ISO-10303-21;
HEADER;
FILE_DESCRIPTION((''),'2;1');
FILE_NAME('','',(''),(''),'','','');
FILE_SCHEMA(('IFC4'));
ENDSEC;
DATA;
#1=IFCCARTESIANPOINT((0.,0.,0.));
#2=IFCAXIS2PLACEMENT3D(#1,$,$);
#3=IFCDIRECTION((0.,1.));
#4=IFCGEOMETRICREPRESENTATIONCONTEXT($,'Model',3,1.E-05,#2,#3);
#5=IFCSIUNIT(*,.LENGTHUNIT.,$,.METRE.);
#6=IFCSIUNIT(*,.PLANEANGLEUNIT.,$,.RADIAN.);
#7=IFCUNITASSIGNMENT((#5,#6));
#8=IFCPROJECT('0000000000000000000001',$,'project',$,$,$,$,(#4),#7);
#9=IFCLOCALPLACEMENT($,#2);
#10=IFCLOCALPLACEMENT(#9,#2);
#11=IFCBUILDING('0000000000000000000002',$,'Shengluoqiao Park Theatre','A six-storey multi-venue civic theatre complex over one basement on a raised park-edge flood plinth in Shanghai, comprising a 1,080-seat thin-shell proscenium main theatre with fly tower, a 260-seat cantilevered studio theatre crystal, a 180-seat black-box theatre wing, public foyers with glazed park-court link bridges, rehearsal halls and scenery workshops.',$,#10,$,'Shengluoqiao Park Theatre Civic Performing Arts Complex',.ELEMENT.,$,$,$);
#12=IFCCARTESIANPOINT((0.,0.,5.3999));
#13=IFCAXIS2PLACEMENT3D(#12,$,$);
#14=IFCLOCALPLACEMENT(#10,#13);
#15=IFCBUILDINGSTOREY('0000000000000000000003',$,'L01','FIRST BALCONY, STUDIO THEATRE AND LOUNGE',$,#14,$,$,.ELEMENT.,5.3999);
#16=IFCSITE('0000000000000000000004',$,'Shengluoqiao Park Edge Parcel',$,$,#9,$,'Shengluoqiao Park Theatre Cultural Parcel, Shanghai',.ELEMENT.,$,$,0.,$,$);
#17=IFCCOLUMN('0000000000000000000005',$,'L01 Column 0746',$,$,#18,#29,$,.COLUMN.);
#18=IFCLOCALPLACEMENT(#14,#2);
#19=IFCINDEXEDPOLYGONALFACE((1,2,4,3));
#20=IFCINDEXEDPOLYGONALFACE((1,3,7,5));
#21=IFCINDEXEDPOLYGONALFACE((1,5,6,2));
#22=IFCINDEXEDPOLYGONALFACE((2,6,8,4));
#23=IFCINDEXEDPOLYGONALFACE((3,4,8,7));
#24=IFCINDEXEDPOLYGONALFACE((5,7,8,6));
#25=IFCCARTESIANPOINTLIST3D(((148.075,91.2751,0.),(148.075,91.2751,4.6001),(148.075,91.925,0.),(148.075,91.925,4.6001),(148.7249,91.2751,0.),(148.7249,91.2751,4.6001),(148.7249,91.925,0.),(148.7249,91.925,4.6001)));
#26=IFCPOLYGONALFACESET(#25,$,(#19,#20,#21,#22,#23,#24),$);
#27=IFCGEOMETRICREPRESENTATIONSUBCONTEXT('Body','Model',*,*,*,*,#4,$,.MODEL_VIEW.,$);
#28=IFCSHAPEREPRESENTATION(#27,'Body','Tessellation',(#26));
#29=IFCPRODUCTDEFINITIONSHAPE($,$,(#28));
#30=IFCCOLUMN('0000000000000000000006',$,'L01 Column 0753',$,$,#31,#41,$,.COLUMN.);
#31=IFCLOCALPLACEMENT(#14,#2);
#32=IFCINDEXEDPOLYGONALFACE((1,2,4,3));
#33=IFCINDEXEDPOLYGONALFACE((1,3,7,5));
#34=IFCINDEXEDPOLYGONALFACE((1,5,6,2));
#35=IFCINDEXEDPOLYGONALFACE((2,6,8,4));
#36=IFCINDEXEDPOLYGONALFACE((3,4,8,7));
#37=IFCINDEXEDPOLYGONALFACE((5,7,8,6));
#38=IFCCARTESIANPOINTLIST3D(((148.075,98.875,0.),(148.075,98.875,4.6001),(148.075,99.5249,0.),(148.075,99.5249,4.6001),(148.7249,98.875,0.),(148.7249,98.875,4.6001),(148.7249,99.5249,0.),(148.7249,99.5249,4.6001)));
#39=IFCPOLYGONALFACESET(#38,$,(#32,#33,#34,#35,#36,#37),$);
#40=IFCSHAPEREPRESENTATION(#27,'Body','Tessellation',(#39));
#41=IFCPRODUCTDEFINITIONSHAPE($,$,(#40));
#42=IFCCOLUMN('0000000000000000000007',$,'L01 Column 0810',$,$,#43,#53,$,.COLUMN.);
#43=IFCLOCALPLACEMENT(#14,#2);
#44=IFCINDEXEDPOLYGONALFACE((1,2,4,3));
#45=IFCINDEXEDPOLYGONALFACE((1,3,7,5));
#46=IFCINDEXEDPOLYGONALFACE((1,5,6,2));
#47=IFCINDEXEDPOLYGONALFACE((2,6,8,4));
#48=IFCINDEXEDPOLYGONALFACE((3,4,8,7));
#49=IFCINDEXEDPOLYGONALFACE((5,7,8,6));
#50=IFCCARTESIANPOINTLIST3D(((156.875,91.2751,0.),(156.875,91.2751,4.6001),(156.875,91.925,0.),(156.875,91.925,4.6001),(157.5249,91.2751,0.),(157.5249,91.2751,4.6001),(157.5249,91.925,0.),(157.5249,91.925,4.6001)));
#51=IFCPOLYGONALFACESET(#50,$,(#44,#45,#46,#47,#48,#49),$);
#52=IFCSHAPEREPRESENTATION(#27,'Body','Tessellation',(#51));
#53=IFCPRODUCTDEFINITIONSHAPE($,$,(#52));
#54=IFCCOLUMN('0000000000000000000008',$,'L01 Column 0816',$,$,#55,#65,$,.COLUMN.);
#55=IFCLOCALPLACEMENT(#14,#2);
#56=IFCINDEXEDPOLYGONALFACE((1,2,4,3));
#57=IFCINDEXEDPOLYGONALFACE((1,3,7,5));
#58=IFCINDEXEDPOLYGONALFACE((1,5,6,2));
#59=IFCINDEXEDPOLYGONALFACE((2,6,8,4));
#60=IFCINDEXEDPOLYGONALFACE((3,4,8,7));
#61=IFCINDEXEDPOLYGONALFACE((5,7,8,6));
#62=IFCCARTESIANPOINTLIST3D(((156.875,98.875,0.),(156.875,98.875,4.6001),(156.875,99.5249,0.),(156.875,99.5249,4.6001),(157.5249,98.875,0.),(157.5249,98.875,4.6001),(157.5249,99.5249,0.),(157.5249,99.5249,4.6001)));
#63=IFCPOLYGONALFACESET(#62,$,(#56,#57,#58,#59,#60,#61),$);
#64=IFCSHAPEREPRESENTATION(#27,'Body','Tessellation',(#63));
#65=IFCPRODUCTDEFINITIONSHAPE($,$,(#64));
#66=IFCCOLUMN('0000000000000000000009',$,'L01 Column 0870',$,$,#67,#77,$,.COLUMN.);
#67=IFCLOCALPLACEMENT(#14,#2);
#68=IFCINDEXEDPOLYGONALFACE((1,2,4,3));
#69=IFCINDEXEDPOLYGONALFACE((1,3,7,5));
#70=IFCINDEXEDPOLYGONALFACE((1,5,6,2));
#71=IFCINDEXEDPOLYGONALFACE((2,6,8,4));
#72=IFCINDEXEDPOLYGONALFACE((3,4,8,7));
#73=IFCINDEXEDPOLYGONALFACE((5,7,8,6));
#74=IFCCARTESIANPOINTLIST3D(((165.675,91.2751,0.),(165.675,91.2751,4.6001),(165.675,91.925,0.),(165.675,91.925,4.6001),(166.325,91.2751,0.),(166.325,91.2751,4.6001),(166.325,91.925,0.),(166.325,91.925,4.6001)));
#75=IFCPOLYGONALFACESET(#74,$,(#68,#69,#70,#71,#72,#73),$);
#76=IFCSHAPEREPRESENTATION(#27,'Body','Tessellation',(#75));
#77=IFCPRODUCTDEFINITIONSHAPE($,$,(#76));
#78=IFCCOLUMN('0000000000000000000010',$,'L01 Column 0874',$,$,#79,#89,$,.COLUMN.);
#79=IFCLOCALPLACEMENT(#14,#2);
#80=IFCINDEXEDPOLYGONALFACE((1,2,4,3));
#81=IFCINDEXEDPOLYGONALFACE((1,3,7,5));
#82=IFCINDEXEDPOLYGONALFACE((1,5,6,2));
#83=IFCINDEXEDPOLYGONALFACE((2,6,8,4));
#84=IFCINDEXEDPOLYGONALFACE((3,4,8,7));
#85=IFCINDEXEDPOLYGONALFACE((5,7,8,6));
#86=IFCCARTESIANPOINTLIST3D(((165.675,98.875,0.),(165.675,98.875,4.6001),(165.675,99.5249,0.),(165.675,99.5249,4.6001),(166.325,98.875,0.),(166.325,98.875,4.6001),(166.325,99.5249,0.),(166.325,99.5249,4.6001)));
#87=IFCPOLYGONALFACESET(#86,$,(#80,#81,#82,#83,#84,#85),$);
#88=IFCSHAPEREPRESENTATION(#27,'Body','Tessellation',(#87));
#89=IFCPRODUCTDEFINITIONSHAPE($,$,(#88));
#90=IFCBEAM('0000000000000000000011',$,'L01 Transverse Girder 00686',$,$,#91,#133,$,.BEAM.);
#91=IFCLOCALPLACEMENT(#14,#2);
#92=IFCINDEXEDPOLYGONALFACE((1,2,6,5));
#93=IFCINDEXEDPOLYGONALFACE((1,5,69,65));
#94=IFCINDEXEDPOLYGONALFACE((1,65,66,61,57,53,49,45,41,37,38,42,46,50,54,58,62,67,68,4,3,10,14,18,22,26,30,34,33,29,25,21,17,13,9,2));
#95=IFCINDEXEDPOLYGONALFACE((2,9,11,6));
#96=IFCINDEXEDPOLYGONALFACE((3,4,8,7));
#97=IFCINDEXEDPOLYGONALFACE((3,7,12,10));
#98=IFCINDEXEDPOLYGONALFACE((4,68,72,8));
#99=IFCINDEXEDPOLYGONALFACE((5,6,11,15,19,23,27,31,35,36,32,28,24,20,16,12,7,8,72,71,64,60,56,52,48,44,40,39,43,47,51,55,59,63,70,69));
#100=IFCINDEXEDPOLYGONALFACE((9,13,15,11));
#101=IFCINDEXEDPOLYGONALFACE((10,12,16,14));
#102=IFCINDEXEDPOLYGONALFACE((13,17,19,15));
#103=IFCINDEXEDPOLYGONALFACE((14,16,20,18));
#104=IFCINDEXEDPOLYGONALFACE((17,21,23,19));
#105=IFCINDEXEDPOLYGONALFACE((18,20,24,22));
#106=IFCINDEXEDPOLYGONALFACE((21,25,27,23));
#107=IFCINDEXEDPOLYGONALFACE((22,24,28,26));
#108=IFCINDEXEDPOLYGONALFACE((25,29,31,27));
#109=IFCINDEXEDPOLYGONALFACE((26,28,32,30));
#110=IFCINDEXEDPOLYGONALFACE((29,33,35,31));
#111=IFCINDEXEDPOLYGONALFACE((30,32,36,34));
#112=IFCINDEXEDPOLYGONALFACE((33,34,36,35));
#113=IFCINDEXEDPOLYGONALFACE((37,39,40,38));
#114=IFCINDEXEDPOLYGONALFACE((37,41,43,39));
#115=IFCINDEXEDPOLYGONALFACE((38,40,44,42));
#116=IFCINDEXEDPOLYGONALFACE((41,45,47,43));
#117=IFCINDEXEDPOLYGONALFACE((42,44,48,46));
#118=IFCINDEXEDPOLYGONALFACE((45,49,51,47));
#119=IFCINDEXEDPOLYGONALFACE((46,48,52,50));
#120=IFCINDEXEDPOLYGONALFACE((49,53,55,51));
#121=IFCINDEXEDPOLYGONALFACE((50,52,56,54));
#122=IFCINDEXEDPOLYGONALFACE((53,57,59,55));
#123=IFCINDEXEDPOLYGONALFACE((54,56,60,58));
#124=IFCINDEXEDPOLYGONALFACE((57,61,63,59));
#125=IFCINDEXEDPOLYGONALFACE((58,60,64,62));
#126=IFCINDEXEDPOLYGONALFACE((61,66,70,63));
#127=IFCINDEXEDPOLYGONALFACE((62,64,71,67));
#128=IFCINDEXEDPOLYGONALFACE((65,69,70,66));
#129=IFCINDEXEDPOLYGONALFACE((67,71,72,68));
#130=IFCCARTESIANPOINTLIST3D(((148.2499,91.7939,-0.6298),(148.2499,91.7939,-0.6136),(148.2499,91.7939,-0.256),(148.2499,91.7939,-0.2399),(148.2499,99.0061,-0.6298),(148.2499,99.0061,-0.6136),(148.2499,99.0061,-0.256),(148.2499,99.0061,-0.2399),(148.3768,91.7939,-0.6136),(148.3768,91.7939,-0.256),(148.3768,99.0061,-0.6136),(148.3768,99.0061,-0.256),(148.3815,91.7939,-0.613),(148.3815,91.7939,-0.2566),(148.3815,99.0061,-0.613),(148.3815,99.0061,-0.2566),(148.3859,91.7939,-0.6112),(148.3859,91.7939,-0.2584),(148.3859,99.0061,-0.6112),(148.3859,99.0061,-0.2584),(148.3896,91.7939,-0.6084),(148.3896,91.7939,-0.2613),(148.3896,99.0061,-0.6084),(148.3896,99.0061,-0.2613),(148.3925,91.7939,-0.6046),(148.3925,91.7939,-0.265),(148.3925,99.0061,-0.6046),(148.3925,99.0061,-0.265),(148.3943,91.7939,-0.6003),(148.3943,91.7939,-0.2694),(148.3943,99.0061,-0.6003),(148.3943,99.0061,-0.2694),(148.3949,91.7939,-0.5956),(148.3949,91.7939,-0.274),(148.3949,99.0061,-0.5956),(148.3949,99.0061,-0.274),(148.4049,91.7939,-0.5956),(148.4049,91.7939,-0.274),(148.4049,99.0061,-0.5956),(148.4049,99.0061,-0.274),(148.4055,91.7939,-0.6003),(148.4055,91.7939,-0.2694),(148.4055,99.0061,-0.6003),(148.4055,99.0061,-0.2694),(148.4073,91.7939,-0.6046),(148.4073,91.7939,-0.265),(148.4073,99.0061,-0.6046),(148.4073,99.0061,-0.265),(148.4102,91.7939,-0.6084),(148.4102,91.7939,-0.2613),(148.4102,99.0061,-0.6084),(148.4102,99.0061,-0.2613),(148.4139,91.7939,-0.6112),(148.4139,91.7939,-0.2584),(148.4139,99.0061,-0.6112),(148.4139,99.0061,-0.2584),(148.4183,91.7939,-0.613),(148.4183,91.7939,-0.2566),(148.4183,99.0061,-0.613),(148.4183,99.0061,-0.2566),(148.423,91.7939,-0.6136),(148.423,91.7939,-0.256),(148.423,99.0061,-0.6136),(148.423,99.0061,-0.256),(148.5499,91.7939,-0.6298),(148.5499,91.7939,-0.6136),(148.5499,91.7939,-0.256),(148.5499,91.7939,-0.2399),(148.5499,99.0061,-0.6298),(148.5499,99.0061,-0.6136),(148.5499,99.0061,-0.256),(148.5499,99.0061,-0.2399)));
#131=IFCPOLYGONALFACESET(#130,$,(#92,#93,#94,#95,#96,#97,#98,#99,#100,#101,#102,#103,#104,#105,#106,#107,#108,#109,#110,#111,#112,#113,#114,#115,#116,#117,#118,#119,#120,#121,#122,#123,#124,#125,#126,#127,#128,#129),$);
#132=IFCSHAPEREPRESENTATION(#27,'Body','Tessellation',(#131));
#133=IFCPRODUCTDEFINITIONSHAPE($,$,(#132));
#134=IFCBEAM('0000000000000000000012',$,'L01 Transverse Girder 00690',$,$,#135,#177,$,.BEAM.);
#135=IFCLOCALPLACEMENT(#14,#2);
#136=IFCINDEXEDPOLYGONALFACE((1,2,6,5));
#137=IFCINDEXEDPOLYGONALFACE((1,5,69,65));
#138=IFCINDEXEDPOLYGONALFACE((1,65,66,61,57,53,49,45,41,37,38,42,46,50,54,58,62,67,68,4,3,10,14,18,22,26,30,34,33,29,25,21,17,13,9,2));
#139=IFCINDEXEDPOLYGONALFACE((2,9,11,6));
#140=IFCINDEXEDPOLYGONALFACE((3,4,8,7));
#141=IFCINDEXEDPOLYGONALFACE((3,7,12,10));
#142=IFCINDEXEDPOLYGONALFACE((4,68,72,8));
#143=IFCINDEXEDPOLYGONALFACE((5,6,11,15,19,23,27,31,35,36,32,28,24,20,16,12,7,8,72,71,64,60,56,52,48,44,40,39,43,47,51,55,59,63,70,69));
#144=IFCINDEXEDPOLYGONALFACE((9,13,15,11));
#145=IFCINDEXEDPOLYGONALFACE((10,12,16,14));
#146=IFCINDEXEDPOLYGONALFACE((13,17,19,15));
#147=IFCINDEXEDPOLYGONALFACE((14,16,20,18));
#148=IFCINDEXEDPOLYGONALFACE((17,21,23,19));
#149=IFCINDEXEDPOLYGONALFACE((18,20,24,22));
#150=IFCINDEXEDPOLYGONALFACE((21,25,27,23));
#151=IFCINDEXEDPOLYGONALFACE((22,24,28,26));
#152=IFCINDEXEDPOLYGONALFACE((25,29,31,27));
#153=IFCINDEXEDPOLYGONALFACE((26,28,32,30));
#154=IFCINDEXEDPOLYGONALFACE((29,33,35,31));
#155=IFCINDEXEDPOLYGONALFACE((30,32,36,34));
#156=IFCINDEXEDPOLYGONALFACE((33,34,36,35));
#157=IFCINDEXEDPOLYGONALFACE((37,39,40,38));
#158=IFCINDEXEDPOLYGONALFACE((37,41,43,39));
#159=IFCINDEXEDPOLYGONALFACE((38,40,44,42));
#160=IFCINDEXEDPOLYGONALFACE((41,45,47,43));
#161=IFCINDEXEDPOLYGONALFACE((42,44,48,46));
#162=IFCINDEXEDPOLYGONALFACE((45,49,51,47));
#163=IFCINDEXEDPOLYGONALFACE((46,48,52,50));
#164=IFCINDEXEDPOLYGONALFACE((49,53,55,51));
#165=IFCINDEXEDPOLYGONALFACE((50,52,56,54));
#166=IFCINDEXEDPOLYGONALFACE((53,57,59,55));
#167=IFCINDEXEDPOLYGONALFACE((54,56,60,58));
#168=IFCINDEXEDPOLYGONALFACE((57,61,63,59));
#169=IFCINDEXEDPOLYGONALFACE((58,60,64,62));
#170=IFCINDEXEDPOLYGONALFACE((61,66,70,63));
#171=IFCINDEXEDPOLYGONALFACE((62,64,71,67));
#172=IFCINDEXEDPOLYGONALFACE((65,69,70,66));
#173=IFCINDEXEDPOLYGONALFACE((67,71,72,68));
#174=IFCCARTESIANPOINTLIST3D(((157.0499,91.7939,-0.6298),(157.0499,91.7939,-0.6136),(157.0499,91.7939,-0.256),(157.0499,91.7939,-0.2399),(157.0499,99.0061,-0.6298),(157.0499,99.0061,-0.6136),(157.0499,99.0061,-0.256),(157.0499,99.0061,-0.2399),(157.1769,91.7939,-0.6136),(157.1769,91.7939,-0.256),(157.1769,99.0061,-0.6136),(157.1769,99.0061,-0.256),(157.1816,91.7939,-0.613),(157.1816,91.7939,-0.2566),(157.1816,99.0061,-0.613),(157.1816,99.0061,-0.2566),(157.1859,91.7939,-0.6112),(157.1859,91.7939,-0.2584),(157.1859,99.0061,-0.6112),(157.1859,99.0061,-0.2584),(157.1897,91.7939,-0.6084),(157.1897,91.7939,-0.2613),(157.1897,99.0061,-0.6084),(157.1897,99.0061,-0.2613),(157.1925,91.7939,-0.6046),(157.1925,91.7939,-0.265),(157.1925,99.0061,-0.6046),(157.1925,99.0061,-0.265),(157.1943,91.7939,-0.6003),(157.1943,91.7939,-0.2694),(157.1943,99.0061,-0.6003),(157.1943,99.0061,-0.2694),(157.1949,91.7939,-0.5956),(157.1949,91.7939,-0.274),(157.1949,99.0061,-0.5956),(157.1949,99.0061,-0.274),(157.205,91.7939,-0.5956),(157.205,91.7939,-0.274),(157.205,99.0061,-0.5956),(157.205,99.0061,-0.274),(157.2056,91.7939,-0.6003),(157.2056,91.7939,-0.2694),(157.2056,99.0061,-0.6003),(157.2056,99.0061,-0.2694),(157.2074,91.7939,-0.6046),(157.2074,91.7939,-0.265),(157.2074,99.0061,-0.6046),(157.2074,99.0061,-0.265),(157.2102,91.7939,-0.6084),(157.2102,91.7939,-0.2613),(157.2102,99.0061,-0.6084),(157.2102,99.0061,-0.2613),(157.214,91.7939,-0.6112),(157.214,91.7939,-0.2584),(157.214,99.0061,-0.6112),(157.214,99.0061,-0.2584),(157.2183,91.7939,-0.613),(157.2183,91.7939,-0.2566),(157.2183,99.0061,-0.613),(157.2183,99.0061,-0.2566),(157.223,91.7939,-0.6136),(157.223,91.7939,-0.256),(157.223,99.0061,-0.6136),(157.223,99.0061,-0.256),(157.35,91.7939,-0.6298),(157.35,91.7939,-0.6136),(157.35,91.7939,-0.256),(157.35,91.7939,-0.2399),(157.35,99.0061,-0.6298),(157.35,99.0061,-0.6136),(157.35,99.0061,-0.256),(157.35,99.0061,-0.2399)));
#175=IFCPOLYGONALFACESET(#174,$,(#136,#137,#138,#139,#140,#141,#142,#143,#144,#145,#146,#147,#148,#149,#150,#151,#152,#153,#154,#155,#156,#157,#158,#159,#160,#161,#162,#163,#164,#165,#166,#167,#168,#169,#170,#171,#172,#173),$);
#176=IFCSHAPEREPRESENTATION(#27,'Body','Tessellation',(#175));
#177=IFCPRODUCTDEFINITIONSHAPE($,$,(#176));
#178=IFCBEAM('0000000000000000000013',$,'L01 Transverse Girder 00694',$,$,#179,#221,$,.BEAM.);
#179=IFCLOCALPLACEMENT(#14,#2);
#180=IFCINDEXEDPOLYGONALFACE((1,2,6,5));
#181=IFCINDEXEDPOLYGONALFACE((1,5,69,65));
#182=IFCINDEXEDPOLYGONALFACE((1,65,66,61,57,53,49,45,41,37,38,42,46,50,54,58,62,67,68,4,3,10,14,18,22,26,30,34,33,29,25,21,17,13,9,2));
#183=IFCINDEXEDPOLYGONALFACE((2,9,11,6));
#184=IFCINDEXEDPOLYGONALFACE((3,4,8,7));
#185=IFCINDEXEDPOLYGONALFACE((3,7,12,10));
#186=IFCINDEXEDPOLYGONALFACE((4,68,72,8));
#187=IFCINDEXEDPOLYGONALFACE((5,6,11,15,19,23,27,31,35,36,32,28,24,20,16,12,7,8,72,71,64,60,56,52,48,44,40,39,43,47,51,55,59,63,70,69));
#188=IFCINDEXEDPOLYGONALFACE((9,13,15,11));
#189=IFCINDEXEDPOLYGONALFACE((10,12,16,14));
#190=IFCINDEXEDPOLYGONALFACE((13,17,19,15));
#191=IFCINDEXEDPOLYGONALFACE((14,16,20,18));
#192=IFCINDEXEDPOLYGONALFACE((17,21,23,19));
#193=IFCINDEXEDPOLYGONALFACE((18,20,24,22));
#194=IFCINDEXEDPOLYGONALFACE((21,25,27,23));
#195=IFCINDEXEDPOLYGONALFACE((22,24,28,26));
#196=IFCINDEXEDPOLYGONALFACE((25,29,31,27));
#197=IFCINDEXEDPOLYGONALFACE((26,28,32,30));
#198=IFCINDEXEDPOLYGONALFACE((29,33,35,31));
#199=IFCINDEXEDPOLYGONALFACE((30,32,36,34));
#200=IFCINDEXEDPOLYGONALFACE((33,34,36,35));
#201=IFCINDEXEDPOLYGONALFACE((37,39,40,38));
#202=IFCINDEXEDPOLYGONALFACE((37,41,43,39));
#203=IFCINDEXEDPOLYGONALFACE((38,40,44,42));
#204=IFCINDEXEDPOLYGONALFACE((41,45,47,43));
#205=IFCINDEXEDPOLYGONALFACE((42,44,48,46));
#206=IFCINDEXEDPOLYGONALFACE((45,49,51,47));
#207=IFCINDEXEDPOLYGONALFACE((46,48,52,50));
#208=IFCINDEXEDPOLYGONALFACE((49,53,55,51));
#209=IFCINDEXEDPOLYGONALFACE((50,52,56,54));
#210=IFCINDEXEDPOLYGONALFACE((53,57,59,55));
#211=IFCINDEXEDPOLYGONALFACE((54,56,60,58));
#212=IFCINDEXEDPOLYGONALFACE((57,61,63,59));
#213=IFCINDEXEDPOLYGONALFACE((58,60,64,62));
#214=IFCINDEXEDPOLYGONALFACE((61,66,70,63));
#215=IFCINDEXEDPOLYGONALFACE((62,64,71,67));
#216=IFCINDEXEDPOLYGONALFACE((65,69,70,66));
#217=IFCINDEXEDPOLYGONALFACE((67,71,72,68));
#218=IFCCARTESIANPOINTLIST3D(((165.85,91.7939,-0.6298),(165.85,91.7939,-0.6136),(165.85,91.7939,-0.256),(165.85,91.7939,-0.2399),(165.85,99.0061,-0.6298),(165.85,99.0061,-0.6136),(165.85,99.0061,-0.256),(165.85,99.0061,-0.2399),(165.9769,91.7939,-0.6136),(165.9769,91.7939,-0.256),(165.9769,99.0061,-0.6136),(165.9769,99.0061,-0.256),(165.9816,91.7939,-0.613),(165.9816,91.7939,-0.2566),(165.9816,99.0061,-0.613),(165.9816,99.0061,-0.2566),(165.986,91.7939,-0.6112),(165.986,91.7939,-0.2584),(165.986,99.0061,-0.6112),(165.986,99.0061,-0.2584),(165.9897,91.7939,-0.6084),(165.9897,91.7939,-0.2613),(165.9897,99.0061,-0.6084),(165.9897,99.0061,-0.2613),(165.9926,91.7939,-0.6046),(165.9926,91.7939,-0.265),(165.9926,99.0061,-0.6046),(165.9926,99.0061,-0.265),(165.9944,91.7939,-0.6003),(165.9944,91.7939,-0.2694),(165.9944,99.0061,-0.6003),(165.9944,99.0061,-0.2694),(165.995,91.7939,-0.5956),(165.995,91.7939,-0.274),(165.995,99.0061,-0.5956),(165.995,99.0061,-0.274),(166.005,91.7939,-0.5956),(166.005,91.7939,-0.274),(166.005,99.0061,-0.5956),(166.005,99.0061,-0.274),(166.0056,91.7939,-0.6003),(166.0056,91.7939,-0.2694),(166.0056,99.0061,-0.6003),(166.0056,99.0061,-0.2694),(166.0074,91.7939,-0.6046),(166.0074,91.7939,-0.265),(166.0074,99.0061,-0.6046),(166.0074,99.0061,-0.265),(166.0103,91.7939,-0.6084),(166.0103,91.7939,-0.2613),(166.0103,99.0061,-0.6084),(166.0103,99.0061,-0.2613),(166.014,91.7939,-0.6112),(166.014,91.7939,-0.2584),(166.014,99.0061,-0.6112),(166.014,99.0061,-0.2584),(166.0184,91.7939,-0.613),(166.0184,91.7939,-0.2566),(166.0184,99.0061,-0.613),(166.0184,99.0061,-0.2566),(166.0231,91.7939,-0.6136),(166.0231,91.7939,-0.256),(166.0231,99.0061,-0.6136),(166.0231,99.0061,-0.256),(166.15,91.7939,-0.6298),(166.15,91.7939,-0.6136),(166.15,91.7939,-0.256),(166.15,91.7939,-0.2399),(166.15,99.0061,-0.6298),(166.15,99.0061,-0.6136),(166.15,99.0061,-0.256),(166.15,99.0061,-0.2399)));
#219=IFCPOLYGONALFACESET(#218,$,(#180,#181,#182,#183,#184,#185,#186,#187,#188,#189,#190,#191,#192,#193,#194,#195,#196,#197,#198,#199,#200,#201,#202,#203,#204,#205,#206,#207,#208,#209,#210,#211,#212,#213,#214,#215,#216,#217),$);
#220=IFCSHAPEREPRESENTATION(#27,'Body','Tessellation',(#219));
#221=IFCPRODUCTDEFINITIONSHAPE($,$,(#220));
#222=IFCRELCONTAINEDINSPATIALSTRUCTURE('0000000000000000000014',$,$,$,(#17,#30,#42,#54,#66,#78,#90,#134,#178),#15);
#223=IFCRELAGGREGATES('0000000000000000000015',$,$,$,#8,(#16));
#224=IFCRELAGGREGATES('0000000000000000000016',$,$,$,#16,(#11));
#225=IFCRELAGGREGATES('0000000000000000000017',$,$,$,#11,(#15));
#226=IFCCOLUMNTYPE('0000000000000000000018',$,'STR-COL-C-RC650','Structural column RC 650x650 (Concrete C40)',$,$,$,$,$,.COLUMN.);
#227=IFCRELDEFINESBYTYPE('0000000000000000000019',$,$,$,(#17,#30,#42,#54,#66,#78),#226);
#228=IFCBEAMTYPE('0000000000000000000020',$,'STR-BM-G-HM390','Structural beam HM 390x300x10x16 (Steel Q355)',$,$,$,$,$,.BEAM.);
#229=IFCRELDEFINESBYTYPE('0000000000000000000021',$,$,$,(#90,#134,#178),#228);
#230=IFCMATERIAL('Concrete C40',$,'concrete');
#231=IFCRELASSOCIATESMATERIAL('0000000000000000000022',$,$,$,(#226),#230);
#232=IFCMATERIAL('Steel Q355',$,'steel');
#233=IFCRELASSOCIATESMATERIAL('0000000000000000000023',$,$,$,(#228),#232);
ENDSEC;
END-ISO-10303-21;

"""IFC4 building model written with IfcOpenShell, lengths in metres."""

from ifc_helpers import new_model, si_unit, direction, frame, origin, origin_2d, place, context, subcontext, project, spatial, rectangle, i_section, extrude, material, material_profile, profile_set, type_object, element, save


model = new_model("IFC4")

# Units and contexts
model_context = context("Model", 3, precision=1e-05, world=origin(), true_north=direction((0.0, 1.0)))
body_context = subcontext(model_context, "Body", "Model", "MODEL_VIEW")
ifc_project = project(units=[si_unit("LENGTHUNIT", "METRE"), si_unit("PLANEANGLEUNIT", "RADIAN")], contexts=[model_context])

# Site, building, storey
site_placement = place(None, origin())
site = spatial("IfcSite", under=ifc_project, at=site_placement, Name="Shengluoqiao Park Edge Parcel", LongName="Shengluoqiao Park Theatre Cultural Parcel, Shanghai", CompositionType="ELEMENT", RefElevation=0.0)
building_placement = place(site_placement, origin())
building = spatial("IfcBuilding", under=site, at=building_placement, Name="Shengluoqiao Park Theatre", Description="A six-storey multi-venue civic theatre complex over one basement on a raised park-edge flood plinth in Shanghai, comprising a 1,080-seat thin-shell proscenium main theatre with fly tower, a 260-seat cantilevered studio theatre crystal, a 180-seat black-box theatre wing, public foyers with glazed park-court link bridges, rehearsal halls and scenery workshops.", LongName="Shengluoqiao Park Theatre Civic Performing Arts Complex", CompositionType="ELEMENT")
storey_placement = place(building_placement, frame((0.0, 0.0, 5.3999)))
storey = spatial("IfcBuildingStorey", under=building, at=storey_placement, Name="L01", Description="FIRST BALCONY, STUDIO THEATRE AND LOUNGE", CompositionType="ELEMENT", Elevation=5.3999)

# Columns
ifc_material_1 = material(Name="Concrete C40", Category="concrete")
ifc_material_profile_1 = material_profile(ifc_material_1, rectangle(XDim=0.6499, YDim=0.6499, at=origin_2d()), Name="RC 650x650")
ifc_profile_set_1 = profile_set([ifc_material_profile_1], Name="Concrete C40")
column_type = type_object("IfcColumnType", Name="STR-COL-C-RC650", Description="Structural column RC 650x650 (Concrete C40)", PredefinedType="COLUMN", material=ifc_profile_set_1)
for number, where, z_axis, x_axis, name in (
    (1, (148.3999, 91.6001, 0.0), (0.0, 0.0, 1.0), (1.0, 0.0, 0.0), "L01 Column 0746"),
    (2, (148.3999, 99.2, 0.0), (0.0, 0.0, 1.0), (1.0, 0.0, 0.0), "L01 Column 0753"),
    (3, (157.2, 91.6001, 0.0), (0.0, 0.0, 1.0), (1.0, 0.0, 0.0), "L01 Column 0810"),
    (4, (157.2, 99.2, 0.0), (0.0, 0.0, 1.0), (1.0, 0.0, 0.0), "L01 Column 0816"),
    (5, (166.0, 91.6001, 0.0), (0.0, 0.0, 1.0), (1.0, 0.0, 0.0), "L01 Column 0870"),
    (6, (166.0, 99.2, 0.0), (0.0, 0.0, 1.0), (1.0, 0.0, 0.0), "L01 Column 0874"),
):
    element("IfcColumn", number, at=place(storey_placement, frame(where, z_axis=z_axis, x_axis=x_axis)), inside=storey, type_object=column_type, Name=name, PredefinedType="COLUMN", context=body_context, shape_type="SweptSolid", body=[
        extrude(rectangle(XDim=0.6499, YDim=0.6499, at=origin_2d()), origin(), (0.0, 0.0, 1.0), 4.6001),
    ])

# Beams
ifc_material_2 = material(Name="Steel Q355", Category="steel")
ifc_material_profile_2 = material_profile(ifc_material_2, i_section(OverallWidth=0.3, OverallDepth=0.3899, WebThickness=0.01, FlangeThickness=0.0161, FilletRadius=0.0181, at=origin_2d()), Name="HM 390x300x10x16")
ifc_profile_set_2 = profile_set([ifc_material_profile_2], Name="Steel Q355")
beam_type_1 = type_object("IfcBeamType", Name="STR-BM-G-HM390", Description="Structural beam HM 390x300x10x16 (Steel Q355)", PredefinedType="BEAM", material=ifc_profile_set_2)
for number, where, z_axis, x_axis, name in (
    (7, (148.3999, 91.7939, -0.4348), (0.0, 1.0, 0.0), (-1.0, 0.0, 0.0), "L01 Transverse Girder 00686"),
    (8, (157.2, 91.7939, -0.4348), (0.0, 1.0, 0.0), (-1.0, 0.0, 0.0), "L01 Transverse Girder 00690"),
    (9, (166.0, 91.7939, -0.4348), (0.0, 1.0, 0.0), (-1.0, 0.0, 0.0), "L01 Transverse Girder 00694"),
):
    element("IfcBeam", number, at=place(storey_placement, frame(where, z_axis=z_axis, x_axis=x_axis)), inside=storey, type_object=beam_type_1, Name=name, PredefinedType="BEAM", context=body_context, shape_type="SweptSolid", body=[
        extrude(i_section(OverallWidth=0.3, OverallDepth=0.3899, WebThickness=0.01, FlangeThickness=0.0161, FilletRadius=0.0181, at=origin_2d()), origin(), (0.0, 0.0, 1.0), 7.2122),
    ])

save(model, "model.ifc")
